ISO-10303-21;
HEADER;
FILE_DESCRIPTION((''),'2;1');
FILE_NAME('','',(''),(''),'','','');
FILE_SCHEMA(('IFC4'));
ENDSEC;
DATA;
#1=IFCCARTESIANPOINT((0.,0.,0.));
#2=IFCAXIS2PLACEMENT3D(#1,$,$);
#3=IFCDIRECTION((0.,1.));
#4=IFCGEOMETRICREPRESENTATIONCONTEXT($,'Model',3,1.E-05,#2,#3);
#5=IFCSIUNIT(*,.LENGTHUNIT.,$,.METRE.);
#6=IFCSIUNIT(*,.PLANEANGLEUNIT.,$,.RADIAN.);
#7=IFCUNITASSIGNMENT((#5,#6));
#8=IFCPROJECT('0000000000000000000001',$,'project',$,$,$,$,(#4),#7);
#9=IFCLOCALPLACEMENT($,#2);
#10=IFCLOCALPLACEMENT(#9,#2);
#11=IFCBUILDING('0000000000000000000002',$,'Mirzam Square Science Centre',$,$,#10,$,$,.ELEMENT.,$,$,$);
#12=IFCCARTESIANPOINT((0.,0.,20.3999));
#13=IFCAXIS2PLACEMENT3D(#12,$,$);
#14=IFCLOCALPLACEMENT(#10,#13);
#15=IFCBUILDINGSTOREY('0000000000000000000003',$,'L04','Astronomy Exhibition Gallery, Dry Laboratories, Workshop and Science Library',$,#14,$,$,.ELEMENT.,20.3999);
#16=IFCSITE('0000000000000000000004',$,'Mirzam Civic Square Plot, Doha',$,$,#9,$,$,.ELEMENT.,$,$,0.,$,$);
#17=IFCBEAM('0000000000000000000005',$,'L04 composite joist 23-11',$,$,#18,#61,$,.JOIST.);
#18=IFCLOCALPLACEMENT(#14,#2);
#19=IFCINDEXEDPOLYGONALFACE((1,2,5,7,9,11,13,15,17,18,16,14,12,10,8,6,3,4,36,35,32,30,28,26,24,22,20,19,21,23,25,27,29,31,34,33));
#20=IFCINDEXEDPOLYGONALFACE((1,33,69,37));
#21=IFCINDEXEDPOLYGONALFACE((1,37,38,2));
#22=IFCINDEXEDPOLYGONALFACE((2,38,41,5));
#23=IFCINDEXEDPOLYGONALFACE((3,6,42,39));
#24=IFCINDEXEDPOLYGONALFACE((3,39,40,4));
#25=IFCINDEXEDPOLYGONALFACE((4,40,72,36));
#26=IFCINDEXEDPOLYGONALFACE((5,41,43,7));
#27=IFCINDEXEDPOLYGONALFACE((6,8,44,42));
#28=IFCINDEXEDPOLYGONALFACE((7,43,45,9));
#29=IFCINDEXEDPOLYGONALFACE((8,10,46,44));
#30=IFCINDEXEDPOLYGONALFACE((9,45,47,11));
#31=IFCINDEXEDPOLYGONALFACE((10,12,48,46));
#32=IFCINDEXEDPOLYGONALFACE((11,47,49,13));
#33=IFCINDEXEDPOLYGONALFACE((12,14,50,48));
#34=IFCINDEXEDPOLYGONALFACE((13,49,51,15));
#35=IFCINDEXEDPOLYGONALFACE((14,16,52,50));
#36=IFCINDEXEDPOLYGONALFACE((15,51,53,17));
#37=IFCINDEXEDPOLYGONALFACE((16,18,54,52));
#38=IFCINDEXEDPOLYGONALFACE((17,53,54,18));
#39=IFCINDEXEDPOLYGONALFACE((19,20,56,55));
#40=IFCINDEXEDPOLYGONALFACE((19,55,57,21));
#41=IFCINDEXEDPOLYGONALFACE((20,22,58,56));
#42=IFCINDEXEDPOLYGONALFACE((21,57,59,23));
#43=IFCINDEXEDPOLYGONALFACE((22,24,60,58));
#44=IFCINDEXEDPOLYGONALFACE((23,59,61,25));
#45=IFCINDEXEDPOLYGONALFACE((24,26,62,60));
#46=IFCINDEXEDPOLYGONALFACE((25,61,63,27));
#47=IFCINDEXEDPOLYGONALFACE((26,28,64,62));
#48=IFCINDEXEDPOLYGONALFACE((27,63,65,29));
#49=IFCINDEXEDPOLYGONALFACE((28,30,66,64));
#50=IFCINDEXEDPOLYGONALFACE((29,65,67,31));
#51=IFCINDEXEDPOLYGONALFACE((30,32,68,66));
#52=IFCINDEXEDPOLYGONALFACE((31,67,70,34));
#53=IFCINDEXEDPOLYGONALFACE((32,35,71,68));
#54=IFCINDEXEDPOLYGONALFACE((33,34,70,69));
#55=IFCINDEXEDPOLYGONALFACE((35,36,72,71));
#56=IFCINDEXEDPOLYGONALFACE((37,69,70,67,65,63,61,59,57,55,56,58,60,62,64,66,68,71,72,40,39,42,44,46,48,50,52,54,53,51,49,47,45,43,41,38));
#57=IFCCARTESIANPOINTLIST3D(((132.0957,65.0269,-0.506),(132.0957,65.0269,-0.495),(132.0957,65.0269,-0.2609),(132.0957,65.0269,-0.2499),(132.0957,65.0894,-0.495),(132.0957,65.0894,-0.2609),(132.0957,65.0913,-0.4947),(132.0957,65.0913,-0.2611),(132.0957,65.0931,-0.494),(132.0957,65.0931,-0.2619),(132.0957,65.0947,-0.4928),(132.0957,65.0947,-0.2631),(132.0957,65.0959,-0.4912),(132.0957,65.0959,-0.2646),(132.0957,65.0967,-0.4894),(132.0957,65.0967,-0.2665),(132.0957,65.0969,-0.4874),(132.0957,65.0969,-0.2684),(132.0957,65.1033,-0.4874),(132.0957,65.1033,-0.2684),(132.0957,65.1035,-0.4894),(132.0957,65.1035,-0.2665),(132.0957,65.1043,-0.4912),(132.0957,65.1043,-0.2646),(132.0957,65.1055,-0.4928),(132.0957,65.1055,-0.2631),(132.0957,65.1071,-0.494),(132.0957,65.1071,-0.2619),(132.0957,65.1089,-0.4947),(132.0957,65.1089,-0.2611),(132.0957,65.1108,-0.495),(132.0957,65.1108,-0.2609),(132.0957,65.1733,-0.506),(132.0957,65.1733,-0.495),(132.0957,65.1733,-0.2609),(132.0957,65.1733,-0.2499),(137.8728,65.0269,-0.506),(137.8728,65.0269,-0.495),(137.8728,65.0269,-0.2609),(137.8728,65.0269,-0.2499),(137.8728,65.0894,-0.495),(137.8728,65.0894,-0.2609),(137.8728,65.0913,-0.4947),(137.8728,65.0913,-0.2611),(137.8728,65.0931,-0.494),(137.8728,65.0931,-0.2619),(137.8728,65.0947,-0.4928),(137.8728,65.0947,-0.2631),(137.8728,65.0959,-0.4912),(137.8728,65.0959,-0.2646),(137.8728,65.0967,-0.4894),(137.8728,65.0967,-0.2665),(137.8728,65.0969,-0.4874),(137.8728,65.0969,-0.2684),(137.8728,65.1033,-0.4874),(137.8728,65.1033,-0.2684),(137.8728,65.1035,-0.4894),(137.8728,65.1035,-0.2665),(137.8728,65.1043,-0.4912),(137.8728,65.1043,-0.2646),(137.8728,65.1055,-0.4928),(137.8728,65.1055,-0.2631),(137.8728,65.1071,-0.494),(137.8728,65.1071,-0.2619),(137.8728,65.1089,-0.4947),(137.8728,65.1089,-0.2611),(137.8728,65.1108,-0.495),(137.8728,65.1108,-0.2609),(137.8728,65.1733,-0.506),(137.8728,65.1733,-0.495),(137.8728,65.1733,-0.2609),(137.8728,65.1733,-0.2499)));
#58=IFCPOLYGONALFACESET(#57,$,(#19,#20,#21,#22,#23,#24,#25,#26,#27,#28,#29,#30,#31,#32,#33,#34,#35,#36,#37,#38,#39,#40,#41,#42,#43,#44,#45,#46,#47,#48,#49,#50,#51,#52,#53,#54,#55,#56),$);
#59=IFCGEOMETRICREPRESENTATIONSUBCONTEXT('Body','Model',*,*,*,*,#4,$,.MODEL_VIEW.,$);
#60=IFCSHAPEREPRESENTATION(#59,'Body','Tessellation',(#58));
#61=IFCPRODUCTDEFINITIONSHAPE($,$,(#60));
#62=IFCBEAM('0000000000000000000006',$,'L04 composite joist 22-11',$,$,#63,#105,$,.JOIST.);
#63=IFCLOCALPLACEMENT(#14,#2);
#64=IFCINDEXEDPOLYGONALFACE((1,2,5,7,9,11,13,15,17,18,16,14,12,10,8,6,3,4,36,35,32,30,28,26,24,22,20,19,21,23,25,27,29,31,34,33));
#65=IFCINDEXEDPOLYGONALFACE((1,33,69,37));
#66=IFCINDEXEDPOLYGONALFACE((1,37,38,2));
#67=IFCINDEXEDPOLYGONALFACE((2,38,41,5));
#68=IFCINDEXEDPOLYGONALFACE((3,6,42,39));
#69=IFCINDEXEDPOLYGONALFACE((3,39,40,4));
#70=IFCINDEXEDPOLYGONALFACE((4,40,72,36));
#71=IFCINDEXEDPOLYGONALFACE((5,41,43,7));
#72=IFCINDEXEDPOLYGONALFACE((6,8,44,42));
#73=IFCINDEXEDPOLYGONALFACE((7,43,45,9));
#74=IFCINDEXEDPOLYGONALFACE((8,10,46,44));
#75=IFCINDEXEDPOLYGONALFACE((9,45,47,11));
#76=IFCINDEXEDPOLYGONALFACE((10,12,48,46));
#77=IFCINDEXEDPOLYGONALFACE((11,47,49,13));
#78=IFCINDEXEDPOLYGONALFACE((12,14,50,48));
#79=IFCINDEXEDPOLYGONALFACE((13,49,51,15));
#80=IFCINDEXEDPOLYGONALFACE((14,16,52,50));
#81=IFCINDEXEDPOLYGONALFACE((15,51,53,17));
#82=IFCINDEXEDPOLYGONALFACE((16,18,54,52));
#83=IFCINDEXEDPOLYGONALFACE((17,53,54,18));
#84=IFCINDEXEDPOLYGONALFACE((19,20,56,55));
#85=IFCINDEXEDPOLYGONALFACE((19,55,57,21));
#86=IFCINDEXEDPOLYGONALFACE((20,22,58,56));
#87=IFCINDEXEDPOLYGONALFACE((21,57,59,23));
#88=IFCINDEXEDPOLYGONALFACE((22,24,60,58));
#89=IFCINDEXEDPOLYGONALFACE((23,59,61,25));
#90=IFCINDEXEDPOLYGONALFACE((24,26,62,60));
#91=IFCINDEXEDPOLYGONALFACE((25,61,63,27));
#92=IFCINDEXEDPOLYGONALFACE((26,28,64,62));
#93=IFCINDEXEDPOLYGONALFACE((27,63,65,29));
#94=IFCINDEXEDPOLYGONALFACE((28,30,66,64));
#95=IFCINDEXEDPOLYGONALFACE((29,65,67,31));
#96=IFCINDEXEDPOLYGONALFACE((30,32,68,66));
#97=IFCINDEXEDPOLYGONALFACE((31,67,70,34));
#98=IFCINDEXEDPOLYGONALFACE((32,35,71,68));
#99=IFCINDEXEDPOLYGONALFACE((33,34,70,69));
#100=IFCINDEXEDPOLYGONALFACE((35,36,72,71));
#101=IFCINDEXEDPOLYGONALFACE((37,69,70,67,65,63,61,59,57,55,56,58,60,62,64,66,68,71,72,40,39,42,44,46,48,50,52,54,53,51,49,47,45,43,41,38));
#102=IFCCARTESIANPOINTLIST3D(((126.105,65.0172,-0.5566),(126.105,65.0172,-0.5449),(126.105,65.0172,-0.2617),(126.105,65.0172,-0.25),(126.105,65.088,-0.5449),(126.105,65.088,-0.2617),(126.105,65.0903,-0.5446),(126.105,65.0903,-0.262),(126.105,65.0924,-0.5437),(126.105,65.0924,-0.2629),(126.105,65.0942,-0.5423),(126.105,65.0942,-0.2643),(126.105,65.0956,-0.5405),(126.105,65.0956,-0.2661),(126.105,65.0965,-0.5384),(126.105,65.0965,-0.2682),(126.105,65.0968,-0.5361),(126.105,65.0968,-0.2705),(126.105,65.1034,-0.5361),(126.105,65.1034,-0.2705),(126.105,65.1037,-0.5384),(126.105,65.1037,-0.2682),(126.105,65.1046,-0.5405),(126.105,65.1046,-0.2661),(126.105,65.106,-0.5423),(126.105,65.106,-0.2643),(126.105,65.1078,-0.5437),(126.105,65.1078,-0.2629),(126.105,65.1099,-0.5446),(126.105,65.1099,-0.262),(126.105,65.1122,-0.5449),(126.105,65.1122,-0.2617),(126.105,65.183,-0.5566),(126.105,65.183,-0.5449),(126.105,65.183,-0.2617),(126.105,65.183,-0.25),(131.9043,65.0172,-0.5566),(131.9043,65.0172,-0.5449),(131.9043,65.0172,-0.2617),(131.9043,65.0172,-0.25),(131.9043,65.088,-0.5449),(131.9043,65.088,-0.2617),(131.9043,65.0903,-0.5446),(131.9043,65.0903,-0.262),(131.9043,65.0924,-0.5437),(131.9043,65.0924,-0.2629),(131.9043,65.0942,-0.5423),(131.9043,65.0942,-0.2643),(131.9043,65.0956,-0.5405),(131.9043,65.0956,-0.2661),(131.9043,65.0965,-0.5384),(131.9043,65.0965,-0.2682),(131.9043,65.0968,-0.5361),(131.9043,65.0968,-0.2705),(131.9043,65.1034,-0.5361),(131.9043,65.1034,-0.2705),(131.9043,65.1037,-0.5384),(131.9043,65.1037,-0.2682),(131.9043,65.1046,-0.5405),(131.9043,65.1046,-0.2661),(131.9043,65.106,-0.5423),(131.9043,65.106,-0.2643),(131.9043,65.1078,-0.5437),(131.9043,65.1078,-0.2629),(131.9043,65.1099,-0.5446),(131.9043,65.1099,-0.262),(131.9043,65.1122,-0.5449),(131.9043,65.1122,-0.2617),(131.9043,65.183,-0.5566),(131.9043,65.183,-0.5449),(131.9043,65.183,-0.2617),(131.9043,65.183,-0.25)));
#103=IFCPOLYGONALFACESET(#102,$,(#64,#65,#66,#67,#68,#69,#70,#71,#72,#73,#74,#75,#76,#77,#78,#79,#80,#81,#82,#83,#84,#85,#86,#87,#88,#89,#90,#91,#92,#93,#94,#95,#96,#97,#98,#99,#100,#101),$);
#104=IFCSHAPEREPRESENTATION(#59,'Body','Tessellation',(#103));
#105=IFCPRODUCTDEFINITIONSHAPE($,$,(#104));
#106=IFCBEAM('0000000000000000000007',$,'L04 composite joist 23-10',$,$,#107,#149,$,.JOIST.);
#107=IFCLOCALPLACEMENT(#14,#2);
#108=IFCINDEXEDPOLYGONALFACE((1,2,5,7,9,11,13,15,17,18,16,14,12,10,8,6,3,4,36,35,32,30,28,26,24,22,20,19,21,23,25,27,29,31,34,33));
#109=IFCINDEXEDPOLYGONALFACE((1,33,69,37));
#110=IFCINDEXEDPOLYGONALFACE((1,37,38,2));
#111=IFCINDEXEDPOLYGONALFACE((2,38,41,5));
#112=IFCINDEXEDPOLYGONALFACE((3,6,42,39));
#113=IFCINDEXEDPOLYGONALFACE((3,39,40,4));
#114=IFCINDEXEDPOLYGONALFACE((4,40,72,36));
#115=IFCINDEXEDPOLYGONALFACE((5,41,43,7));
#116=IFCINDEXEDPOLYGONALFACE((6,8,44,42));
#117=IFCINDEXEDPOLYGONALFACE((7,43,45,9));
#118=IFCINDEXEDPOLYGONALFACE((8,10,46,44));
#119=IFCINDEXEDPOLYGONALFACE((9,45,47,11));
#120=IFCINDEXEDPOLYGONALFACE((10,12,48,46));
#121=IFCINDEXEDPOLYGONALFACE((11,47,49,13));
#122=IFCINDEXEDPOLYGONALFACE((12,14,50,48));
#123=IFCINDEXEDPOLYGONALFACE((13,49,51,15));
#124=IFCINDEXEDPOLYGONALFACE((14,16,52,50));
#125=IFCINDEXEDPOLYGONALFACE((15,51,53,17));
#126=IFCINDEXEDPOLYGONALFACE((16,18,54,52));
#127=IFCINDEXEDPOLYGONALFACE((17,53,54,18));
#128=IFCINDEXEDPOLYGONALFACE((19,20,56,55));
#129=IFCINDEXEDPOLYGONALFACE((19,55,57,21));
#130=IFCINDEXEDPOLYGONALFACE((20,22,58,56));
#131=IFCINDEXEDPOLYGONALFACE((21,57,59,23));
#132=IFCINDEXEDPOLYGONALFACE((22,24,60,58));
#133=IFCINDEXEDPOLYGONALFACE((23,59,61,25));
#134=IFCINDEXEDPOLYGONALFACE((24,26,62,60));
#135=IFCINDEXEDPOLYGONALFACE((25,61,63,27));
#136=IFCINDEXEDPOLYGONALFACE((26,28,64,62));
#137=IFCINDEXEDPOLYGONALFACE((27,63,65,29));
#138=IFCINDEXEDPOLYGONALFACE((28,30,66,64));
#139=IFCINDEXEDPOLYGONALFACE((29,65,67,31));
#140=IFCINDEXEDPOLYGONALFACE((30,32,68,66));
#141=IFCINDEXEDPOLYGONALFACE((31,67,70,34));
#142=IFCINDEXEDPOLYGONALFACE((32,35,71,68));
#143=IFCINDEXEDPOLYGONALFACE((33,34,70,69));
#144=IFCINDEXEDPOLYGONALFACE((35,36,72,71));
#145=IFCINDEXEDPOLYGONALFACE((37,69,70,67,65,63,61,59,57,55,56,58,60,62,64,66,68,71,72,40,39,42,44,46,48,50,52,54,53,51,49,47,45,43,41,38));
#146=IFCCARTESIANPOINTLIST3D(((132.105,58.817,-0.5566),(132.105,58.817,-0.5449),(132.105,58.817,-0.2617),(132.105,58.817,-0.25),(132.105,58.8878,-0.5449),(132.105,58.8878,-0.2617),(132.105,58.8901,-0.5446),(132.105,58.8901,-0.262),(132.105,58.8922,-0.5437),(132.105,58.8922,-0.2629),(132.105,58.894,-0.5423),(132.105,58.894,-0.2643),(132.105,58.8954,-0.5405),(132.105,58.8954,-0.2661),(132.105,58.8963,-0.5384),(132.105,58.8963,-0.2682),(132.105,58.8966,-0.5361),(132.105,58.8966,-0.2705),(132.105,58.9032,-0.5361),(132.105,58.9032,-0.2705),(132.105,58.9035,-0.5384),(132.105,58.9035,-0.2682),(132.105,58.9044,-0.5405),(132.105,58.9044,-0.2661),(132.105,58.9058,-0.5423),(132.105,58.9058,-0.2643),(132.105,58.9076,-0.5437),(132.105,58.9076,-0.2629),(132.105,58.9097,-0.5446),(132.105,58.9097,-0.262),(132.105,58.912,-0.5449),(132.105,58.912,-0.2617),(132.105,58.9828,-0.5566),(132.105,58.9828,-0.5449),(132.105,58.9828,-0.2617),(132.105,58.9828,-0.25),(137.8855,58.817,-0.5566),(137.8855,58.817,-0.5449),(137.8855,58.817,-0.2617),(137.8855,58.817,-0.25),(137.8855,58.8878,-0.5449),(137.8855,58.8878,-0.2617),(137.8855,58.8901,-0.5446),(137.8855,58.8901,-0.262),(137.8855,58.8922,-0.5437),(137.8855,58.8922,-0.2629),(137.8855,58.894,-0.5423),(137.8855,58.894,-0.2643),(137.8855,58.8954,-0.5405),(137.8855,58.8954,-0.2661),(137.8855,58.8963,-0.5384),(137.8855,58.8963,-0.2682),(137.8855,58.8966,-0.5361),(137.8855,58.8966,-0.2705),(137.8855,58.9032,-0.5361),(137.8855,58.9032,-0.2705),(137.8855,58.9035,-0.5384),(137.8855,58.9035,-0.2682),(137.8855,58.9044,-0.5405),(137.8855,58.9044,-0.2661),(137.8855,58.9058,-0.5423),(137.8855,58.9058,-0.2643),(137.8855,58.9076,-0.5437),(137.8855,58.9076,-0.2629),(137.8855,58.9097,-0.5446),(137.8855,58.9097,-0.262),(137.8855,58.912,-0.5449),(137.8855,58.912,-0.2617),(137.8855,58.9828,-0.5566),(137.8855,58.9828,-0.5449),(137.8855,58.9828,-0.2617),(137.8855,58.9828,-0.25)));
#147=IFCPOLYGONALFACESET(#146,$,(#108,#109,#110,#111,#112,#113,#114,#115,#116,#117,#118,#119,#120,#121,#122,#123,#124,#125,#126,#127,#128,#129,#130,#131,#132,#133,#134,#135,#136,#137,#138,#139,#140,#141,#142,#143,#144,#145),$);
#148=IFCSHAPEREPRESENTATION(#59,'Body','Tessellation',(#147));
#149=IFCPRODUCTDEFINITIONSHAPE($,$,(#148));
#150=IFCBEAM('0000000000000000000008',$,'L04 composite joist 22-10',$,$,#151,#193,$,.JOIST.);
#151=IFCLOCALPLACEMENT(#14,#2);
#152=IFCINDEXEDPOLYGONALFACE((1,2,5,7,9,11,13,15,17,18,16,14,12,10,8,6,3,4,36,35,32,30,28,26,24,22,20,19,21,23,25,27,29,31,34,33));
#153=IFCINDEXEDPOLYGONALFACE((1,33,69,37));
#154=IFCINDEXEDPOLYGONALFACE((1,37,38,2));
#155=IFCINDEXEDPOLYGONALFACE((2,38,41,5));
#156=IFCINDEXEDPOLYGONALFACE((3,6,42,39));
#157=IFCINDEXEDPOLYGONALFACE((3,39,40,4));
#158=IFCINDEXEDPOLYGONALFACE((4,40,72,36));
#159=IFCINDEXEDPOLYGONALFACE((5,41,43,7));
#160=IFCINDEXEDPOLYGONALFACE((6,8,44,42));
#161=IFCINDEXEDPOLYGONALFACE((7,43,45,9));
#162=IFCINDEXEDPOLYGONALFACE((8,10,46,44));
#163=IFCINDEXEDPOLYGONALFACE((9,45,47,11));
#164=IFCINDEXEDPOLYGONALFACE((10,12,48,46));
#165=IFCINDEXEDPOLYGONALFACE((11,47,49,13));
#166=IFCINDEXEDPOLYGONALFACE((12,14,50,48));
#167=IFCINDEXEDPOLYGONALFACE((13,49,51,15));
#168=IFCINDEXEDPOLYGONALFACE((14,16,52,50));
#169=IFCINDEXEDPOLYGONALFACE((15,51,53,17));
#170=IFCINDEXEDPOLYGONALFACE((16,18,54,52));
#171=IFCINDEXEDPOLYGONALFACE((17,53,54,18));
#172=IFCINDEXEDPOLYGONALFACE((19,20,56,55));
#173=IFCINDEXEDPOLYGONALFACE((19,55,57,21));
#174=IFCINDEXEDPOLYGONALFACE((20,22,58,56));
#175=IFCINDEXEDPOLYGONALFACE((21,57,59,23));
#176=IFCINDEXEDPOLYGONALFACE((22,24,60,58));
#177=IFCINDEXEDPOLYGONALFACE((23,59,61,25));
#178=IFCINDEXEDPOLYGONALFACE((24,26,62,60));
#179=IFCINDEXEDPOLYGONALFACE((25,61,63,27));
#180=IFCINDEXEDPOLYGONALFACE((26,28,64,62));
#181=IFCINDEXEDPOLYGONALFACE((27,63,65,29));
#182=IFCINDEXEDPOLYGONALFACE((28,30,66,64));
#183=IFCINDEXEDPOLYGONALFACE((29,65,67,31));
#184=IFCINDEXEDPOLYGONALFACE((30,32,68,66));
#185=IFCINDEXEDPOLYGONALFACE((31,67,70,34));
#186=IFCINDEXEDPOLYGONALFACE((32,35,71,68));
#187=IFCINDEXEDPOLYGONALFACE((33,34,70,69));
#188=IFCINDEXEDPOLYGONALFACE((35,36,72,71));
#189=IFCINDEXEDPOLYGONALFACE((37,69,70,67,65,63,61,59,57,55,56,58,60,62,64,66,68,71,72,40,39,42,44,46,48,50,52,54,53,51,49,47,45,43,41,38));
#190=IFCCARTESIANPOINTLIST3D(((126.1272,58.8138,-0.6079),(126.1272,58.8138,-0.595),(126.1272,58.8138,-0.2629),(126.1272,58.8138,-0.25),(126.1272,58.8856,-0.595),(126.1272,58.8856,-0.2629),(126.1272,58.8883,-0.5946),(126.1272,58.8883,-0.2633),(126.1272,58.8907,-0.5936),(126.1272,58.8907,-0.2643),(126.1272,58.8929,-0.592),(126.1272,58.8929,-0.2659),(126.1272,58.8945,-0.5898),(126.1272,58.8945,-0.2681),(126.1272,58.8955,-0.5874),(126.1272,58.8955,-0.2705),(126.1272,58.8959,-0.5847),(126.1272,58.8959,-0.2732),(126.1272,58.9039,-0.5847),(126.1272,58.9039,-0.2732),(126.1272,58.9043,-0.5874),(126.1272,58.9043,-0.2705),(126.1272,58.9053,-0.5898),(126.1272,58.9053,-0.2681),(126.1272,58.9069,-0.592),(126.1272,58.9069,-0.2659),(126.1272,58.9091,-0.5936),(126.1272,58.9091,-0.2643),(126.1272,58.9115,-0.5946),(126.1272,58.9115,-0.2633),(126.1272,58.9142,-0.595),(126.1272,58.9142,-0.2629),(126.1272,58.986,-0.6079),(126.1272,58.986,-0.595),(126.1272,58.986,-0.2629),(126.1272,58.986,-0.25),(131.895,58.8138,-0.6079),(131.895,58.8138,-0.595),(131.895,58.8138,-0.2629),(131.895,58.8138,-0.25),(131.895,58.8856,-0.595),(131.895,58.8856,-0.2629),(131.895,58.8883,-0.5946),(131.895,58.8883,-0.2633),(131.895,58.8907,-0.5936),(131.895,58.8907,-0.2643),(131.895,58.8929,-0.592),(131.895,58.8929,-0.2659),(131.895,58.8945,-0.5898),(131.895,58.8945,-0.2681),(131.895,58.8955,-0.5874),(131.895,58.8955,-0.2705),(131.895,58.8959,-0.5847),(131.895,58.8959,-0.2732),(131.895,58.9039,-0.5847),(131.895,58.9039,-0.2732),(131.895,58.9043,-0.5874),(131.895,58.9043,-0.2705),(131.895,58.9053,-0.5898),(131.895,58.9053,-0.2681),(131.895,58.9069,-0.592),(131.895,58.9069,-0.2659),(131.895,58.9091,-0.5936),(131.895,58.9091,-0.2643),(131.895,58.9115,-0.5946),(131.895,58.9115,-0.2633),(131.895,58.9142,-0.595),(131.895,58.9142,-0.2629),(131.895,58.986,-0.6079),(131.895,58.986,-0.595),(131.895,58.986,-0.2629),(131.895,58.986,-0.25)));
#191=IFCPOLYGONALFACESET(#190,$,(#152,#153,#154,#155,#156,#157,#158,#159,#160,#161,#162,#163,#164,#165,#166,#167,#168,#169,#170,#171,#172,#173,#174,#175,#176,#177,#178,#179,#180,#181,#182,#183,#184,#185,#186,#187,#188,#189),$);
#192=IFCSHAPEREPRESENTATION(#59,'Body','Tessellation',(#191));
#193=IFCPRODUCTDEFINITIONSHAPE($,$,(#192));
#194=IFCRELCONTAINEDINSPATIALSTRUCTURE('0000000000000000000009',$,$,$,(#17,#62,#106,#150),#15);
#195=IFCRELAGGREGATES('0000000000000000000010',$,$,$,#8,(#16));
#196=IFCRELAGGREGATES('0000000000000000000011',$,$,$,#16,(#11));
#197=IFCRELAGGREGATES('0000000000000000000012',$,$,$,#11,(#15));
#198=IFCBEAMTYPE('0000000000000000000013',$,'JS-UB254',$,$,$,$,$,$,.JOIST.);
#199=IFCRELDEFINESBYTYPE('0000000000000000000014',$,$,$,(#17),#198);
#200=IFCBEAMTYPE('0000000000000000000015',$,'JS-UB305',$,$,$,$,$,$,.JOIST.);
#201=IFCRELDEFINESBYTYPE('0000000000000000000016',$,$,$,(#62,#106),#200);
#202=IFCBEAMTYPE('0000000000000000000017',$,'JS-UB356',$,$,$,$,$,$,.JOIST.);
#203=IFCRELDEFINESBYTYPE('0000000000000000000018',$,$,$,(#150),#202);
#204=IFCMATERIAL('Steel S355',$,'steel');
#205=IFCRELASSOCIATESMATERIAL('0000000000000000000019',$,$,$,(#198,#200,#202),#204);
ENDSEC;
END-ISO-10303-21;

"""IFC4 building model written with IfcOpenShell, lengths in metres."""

from ifc_helpers import new_model, si_unit, direction, frame, origin, origin_2d, place, context, subcontext, project, spatial, i_section, extrude, material, material_profile, profile_set, type_object, element, save


model = new_model("IFC4")

# Units and contexts
model_context = context("Model", 3, precision=1e-05, world=origin(), true_north=direction((0.0, 1.0)))
body_context = subcontext(model_context, "Body", "Model", "MODEL_VIEW")
ifc_project = project(units=[si_unit("LENGTHUNIT", "METRE"), si_unit("PLANEANGLEUNIT", "RADIAN")], contexts=[model_context])

# Site, building, storey
site_placement = place(None, origin())
site = spatial("IfcSite", under=ifc_project, at=site_placement, Name="Mirzam Civic Square Plot, Doha", CompositionType="ELEMENT", RefElevation=0.0)
building_placement = place(site_placement, origin())
building = spatial("IfcBuilding", under=site, at=building_placement, Name="Mirzam Square Science Centre", CompositionType="ELEMENT")
storey_placement = place(building_placement, frame((0.0, 0.0, 20.3999)))
storey = spatial("IfcBuildingStorey", under=building, at=storey_placement, Name="L04", Description="Astronomy Exhibition Gallery, Dry Laboratories, Workshop and Science Library", CompositionType="ELEMENT", Elevation=20.3999)

# Shared definitions
ifc_material = material(Name="Steel S355", Category="steel")

# Beams
ifc_material_profile_1 = material_profile(ifc_material, i_section(OverallWidth=0.1465, OverallDepth=0.2561, WebThickness=0.0063, FlangeThickness=0.011, FilletRadius=0.0076, at=origin_2d()), Name="254x146x37UB")
ifc_profile_set_1 = profile_set([ifc_material_profile_1], Name="Steel S355")
beam_type_1 = type_object("IfcBeamType", Name="JS-UB254", PredefinedType="JOIST", material=ifc_profile_set_1)
beam_1_placement = place(storey_placement, frame((132.0957, 65.1001, -0.3779), z_axis=(1.0, 0.0, 0.0), x_axis=(0.0, 1.0, 0.0)))
element("IfcBeam", 1, at=beam_1_placement, inside=storey, type_object=beam_type_1, Name="L04 composite joist 23-11", PredefinedType="JOIST", context=body_context, shape_type="SweptSolid", body=[
    extrude(i_section(OverallWidth=0.1465, OverallDepth=0.2561, WebThickness=0.0063, FlangeThickness=0.011, FilletRadius=0.0076, at=origin_2d()), origin(), (0.0, 0.0, 1.0), 5.7771),
])
ifc_material_profile_2 = material_profile(ifc_material, i_section(OverallWidth=0.1658, OverallDepth=0.3066, WebThickness=0.0066, FlangeThickness=0.0117, FilletRadius=0.0088, at=origin_2d()), Name="305x165x46UB")
ifc_profile_set_2 = profile_set([ifc_material_profile_2], Name="Steel S355")
beam_type_2 = type_object("IfcBeamType", Name="JS-UB305", PredefinedType="JOIST", material=ifc_profile_set_2)
beam_2_placement = place(storey_placement, frame((126.105, 65.1001, -0.4033), z_axis=(1.0, 0.0, 0.0), x_axis=(0.0, 1.0, 0.0)))
element("IfcBeam", 2, at=beam_2_placement, inside=storey, type_object=beam_type_2, Name="L04 composite joist 22-11", PredefinedType="JOIST", context=body_context, shape_type="SweptSolid", body=[
    extrude(i_section(OverallWidth=0.1658, OverallDepth=0.3066, WebThickness=0.0066, FlangeThickness=0.0117, FilletRadius=0.0088, at=origin_2d()), origin(), (0.0, 0.0, 1.0), 5.7993),
])
beam_3_placement = place(storey_placement, frame((132.105, 58.8999, -0.4033), z_axis=(1.0, 0.0, 0.0), x_axis=(0.0, 1.0, 0.0)))
element("IfcBeam", 3, at=beam_3_placement, inside=storey, type_object=beam_type_2, Name="L04 composite joist 23-10", PredefinedType="JOIST", context=body_context, shape_type="SweptSolid", body=[
    extrude(i_section(OverallWidth=0.1658, OverallDepth=0.3066, WebThickness=0.0066, FlangeThickness=0.0117, FilletRadius=0.0088, at=origin_2d()), origin(), (0.0, 0.0, 1.0), 5.7805),
])
ifc_material_profile_3 = material_profile(ifc_material, i_section(OverallWidth=0.1721, OverallDepth=0.3579, WebThickness=0.0081, FlangeThickness=0.0129, FilletRadius=0.0103, at=origin_2d()), Name="356x171x57UB")
ifc_profile_set_3 = profile_set([ifc_material_profile_3], Name="Steel S355")
beam_type_3 = type_object("IfcBeamType", Name="JS-UB356", PredefinedType="JOIST", material=ifc_profile_set_3)
beam_4_placement = place(storey_placement, frame((126.1272, 58.8999, -0.429), z_axis=(1.0, 0.0, 0.0), x_axis=(0.0, 1.0, 0.0)))
element("IfcBeam", 4, at=beam_4_placement, inside=storey, type_object=beam_type_3, Name="L04 composite joist 22-10", PredefinedType="JOIST", context=body_context, shape_type="SweptSolid", body=[
    extrude(i_section(OverallWidth=0.1721, OverallDepth=0.3579, WebThickness=0.0081, FlangeThickness=0.0129, FilletRadius=0.0103, at=origin_2d()), origin(), (0.0, 0.0, 1.0), 5.7678),
])

save(model, "model.ifc")
